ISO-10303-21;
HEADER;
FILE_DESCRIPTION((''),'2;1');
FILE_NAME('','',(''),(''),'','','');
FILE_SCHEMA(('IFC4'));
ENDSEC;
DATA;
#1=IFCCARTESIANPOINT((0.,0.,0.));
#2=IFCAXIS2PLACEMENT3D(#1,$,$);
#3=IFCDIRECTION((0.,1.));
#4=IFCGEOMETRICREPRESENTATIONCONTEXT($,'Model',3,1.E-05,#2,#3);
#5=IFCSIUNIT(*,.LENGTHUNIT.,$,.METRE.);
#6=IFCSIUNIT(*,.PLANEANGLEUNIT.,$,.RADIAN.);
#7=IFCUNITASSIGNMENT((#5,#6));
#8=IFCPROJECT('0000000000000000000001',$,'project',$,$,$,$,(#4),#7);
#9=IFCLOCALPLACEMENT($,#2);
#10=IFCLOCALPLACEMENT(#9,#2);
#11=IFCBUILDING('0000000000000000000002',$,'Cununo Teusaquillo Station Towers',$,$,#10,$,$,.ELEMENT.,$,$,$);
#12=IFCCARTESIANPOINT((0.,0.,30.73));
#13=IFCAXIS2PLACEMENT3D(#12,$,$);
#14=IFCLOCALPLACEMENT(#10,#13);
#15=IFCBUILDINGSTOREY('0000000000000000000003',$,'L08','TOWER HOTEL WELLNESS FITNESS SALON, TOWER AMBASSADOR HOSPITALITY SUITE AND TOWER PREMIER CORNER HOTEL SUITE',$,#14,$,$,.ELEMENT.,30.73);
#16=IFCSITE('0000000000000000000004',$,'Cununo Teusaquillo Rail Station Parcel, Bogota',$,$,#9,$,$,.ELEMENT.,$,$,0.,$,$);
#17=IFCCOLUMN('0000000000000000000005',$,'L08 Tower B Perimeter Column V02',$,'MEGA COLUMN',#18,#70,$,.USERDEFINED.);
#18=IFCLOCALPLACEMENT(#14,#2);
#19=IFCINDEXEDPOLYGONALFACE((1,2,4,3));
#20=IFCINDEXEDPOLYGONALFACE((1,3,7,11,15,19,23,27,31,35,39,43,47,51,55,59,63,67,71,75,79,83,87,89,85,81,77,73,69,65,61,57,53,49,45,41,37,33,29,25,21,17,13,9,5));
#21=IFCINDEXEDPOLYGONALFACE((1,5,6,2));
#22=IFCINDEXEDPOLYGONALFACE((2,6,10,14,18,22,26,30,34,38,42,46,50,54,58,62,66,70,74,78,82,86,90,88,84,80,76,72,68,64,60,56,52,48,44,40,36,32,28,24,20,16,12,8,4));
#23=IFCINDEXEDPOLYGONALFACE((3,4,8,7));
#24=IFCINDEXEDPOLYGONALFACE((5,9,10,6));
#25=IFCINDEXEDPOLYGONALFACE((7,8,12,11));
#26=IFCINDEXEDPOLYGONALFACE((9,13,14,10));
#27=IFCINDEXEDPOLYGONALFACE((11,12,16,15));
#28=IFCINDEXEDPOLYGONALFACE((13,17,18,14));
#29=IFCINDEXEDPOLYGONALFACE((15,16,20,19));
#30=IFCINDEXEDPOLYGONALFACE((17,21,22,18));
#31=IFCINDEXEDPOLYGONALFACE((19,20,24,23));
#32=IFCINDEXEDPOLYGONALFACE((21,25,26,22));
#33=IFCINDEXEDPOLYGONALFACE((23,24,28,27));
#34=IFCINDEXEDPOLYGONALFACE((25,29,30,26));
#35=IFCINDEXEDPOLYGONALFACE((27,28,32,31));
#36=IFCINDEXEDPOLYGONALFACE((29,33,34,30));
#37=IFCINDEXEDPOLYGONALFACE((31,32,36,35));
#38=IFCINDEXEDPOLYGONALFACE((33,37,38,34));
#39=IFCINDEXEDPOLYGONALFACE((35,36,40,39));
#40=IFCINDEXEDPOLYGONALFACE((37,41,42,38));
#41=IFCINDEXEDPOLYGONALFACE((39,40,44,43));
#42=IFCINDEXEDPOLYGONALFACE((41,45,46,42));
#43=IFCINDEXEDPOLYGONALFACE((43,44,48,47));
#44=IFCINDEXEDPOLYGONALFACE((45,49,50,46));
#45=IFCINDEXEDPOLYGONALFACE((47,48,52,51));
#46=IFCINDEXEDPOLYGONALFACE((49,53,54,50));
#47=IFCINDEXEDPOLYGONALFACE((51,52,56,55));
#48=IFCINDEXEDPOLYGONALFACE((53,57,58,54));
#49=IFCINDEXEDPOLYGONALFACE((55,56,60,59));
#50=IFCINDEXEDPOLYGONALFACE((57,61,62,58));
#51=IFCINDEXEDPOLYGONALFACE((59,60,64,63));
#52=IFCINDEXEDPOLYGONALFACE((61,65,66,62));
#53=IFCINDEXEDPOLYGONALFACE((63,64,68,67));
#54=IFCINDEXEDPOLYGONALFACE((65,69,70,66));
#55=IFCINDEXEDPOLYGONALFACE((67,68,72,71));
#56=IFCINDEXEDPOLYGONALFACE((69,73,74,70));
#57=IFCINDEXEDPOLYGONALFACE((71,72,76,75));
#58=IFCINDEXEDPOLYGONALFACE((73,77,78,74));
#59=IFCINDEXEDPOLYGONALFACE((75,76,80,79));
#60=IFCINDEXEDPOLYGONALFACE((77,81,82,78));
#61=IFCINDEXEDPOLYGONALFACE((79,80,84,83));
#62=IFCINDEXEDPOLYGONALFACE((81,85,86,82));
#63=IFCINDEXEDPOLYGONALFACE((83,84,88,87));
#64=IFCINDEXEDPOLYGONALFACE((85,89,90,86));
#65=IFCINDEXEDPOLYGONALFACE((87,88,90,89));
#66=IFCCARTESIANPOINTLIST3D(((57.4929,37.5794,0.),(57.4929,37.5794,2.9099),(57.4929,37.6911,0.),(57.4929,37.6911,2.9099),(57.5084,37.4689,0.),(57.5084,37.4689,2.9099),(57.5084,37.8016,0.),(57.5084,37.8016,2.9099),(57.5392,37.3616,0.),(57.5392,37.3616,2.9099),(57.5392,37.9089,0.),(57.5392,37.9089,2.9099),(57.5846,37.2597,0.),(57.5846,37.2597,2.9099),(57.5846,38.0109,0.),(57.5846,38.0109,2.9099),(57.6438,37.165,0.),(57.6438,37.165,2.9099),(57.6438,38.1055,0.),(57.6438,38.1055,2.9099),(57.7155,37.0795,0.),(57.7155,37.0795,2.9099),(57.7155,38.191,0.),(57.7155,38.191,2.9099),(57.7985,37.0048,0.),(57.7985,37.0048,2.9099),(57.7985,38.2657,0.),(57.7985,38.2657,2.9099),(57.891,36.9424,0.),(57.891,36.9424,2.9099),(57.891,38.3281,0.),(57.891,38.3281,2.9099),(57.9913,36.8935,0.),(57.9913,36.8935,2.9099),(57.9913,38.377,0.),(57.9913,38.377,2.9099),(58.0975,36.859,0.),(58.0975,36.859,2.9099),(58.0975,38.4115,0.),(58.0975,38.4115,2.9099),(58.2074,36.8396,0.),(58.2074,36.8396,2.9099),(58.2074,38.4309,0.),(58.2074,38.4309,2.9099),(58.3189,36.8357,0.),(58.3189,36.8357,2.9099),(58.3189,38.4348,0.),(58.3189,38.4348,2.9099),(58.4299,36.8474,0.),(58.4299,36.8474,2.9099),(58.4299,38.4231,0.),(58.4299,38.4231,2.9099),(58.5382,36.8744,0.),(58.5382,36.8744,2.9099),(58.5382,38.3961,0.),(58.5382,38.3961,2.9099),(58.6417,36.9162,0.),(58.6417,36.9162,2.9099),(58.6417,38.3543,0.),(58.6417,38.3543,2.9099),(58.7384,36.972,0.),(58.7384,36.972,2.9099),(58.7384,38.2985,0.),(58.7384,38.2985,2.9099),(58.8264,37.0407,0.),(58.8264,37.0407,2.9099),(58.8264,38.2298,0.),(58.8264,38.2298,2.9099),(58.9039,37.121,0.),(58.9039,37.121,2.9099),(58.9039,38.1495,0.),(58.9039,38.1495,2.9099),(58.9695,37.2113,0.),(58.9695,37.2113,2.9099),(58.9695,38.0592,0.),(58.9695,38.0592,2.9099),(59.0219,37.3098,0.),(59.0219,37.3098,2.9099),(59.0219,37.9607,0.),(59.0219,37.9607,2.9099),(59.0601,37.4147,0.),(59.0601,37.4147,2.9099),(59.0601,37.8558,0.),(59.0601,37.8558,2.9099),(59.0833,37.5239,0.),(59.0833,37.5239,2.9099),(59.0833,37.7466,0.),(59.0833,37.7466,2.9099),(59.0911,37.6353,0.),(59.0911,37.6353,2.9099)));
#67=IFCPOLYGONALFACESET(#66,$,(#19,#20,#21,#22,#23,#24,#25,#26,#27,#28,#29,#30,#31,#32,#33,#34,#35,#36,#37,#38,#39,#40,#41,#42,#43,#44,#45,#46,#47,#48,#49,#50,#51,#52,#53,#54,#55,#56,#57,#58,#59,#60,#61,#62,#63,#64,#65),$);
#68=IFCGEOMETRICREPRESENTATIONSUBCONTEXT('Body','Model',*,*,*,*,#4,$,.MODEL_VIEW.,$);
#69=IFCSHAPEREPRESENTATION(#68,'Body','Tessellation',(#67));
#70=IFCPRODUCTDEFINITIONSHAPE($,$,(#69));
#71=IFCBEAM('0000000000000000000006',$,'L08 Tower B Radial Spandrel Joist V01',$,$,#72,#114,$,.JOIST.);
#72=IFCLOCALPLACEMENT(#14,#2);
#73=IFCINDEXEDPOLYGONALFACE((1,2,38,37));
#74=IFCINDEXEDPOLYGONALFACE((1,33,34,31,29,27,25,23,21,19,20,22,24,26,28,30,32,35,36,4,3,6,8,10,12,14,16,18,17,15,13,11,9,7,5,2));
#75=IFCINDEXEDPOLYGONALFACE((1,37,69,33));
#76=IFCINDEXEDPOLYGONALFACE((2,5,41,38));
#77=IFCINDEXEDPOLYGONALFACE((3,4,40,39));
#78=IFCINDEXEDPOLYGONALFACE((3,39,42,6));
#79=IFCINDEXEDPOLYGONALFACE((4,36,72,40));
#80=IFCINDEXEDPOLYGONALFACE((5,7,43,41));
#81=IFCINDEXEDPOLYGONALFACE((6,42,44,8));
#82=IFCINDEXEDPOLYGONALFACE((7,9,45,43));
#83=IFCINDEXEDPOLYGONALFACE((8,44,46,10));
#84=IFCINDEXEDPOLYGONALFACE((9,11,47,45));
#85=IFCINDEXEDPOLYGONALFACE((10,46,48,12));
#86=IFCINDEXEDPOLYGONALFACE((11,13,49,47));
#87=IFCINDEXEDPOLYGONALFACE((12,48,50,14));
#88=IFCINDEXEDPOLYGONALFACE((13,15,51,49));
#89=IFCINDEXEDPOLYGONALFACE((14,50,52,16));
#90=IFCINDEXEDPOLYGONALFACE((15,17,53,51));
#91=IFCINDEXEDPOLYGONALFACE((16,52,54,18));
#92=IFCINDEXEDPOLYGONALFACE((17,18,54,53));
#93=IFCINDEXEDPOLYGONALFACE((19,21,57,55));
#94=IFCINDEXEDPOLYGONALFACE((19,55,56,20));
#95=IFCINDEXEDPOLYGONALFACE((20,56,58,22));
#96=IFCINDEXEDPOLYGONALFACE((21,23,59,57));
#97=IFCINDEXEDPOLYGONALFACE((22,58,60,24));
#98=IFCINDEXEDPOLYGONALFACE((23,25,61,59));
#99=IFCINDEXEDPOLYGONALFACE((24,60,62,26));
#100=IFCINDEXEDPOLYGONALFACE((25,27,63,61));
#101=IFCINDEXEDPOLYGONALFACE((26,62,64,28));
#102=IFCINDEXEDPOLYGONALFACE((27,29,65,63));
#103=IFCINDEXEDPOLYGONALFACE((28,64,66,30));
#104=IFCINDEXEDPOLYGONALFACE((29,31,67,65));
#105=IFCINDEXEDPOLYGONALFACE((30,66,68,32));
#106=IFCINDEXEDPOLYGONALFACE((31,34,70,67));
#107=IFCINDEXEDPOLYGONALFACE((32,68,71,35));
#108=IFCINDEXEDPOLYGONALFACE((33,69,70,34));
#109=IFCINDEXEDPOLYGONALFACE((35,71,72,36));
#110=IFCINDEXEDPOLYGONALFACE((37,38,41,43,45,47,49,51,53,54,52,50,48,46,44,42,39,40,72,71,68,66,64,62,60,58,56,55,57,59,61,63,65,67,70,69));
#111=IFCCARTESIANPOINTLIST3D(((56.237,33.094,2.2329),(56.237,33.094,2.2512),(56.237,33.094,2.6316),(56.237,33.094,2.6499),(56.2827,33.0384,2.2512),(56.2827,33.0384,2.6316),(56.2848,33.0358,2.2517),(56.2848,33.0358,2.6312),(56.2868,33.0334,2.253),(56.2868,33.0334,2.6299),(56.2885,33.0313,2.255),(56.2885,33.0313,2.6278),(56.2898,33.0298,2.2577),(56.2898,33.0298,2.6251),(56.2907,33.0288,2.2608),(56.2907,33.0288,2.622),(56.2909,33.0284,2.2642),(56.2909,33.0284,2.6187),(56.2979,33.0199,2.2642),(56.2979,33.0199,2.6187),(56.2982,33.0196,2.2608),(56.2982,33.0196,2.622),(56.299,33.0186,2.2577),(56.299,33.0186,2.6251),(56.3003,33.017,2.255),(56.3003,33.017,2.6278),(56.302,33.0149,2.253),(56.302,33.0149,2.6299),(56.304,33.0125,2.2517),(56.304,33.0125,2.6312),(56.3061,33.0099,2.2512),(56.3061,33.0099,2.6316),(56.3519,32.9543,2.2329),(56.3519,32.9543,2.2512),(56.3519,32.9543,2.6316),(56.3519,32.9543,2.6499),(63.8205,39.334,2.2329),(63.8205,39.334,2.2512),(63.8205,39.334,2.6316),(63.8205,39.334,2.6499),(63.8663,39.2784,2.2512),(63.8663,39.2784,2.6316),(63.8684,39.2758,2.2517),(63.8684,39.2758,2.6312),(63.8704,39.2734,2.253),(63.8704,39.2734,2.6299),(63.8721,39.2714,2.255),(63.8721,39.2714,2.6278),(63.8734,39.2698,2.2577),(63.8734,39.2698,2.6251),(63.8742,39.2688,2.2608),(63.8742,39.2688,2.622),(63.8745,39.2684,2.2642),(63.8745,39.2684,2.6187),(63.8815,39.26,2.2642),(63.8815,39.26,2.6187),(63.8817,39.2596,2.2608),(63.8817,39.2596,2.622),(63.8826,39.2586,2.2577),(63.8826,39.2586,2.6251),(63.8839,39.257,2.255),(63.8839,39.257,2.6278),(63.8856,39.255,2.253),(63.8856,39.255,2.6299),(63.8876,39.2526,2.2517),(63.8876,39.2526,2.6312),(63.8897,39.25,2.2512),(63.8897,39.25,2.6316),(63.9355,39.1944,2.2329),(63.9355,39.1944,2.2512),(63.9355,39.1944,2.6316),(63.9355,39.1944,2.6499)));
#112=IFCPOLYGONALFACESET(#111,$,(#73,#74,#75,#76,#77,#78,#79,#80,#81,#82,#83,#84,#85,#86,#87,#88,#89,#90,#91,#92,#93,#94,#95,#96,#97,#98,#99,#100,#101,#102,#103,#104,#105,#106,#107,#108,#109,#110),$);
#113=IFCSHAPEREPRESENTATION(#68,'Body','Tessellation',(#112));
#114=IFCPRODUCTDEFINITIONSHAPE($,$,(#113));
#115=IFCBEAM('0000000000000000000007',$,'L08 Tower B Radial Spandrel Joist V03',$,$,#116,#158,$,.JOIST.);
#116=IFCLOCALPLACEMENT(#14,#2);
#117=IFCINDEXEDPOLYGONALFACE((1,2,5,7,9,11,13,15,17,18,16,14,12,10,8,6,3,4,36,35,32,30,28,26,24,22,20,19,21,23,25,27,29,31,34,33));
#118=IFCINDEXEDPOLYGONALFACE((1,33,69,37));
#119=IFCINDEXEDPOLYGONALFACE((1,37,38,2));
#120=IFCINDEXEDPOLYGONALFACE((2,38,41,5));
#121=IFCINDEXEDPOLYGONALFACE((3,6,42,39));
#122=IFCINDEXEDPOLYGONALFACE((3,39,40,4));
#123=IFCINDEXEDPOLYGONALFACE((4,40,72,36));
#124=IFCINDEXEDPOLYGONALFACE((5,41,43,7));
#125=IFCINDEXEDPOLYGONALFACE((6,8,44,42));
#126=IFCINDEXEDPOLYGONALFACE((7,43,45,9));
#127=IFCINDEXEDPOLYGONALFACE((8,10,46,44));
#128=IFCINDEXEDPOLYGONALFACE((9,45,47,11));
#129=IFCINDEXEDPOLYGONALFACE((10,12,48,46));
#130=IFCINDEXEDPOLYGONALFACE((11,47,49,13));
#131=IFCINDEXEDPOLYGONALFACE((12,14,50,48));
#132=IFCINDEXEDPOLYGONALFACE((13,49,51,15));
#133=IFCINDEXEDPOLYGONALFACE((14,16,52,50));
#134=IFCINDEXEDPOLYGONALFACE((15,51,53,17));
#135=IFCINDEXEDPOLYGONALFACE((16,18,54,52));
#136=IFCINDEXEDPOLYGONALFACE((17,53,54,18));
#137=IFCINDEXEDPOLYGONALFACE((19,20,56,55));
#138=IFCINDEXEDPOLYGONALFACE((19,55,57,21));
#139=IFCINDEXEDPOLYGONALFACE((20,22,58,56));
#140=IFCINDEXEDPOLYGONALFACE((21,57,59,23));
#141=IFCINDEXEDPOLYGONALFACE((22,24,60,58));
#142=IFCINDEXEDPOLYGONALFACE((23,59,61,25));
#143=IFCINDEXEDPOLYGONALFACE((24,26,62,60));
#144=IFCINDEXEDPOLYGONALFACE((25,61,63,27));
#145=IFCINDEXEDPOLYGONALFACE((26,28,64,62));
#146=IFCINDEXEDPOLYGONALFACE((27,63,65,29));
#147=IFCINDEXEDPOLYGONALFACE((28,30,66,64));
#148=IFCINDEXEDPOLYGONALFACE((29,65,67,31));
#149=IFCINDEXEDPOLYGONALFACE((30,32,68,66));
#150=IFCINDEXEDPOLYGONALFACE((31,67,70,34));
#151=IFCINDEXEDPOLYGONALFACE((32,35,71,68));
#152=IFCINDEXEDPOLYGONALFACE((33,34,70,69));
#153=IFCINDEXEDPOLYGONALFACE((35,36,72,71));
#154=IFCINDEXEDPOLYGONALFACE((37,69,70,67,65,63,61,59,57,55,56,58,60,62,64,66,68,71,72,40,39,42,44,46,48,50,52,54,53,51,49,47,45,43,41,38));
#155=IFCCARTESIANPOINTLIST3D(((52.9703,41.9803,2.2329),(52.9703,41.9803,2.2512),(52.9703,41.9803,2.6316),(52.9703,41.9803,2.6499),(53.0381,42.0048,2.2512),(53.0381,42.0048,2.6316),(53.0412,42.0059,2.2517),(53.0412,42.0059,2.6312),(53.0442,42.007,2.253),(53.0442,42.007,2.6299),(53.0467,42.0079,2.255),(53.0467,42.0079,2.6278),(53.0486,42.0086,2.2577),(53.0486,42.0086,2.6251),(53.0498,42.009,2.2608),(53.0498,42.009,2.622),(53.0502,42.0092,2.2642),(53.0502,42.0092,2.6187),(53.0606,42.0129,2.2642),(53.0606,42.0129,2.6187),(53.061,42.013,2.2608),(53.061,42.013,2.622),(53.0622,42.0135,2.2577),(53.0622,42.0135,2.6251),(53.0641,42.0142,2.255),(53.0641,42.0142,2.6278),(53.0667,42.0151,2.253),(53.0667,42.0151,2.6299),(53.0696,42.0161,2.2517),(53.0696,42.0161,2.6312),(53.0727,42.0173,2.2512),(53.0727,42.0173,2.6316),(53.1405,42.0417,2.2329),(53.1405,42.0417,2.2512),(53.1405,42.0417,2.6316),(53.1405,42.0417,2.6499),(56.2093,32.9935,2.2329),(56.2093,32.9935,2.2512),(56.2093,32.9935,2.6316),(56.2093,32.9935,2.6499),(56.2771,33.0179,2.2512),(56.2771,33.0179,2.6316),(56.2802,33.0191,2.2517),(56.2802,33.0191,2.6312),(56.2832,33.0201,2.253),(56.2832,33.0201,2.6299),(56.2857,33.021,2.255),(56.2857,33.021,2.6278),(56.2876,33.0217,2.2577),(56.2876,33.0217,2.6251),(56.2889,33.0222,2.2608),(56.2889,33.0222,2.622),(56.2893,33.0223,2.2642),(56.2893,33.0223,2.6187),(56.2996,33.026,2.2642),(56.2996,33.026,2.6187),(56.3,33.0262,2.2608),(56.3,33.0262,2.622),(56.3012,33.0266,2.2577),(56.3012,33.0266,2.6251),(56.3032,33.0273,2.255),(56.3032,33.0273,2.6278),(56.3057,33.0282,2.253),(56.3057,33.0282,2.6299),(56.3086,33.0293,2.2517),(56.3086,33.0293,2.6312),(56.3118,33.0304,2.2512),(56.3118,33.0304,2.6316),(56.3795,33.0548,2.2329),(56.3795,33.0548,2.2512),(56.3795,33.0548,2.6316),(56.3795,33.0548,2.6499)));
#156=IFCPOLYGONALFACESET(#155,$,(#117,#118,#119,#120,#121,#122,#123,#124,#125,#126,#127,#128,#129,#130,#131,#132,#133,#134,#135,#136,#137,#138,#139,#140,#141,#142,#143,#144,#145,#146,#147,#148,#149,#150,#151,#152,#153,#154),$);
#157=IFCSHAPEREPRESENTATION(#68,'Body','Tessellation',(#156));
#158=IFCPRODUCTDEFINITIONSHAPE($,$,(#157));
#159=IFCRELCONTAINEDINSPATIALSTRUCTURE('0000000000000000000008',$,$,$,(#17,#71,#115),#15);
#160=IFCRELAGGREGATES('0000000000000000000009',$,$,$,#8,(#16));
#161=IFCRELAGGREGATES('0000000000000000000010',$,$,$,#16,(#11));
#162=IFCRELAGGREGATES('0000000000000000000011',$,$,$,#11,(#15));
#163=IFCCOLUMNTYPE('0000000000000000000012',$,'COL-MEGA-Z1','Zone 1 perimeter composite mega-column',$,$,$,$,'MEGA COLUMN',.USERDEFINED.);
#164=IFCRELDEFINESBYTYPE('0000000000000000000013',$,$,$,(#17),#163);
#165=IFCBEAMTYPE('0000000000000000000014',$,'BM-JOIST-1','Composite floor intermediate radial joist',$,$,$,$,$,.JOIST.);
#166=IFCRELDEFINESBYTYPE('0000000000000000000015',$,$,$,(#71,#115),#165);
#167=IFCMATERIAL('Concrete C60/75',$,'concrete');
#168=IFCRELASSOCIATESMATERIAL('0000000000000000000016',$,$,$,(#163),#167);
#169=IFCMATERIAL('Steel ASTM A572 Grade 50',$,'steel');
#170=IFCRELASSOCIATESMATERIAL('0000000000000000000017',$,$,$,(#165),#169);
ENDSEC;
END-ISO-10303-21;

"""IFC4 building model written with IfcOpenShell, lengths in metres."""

from ifc_helpers import new_model, si_unit, direction, frame, origin, origin_2d, place, context, subcontext, project, spatial, circle, i_section, extrude, material, material_profile, profile_set, type_object, element, save


model = new_model("IFC4")

# Units and contexts
model_context = context("Model", 3, precision=1e-05, world=origin(), true_north=direction((0.0, 1.0)))
body_context = subcontext(model_context, "Body", "Model", "MODEL_VIEW")
ifc_project = project(units=[si_unit("LENGTHUNIT", "METRE"), si_unit("PLANEANGLEUNIT", "RADIAN")], contexts=[model_context])

# Site, building, storey
site_placement = place(None, origin())
site = spatial("IfcSite", under=ifc_project, at=site_placement, Name="Cununo Teusaquillo Rail Station Parcel, Bogota", CompositionType="ELEMENT", RefElevation=0.0)
building_placement = place(site_placement, origin())
building = spatial("IfcBuilding", under=site, at=building_placement, Name="Cununo Teusaquillo Station Towers", CompositionType="ELEMENT")
storey_placement = place(building_placement, frame((0.0, 0.0, 30.73)))
storey = spatial("IfcBuildingStorey", under=building, at=storey_placement, Name="L08", Description="TOWER HOTEL WELLNESS FITNESS SALON, TOWER AMBASSADOR HOSPITALITY SUITE AND TOWER PREMIER CORNER HOTEL SUITE", CompositionType="ELEMENT", Elevation=30.73)

# Column
ifc_material_1 = material(Name="Concrete C60/75", Category="concrete")
ifc_material_profile_1 = material_profile(ifc_material_1, circle(Radius=0.8, at=origin_2d()), Name="RC-CIRC-1600")
ifc_profile_set_1 = profile_set([ifc_material_profile_1], Name="Concrete C60/75")
column_type = type_object("IfcColumnType", Name="COL-MEGA-Z1", Description="Zone 1 perimeter composite mega-column", ElementType="MEGA COLUMN", PredefinedType="USERDEFINED", material=ifc_profile_set_1)
column_placement = place(storey_placement, frame((58.291, 37.6353, 0.0), z_axis=(0.0, 0.0, 1.0), x_axis=(1.0, 0.0, 0.0)))
element("IfcColumn", 1, at=column_placement, inside=storey, type_object=column_type, Name="L08 Tower B Perimeter Column V02", ObjectType="MEGA COLUMN", PredefinedType="USERDEFINED", context=body_context, shape_type="SweptSolid", body=[
    extrude(circle(Radius=0.8, at=origin_2d()), origin(), (0.0, 0.0, 1.0), 2.9099),
])

# Beams
ifc_material_2 = material(Name="Steel ASTM A572 Grade 50", Category="steel")
ifc_material_profile_2 = material_profile(ifc_material_2, i_section(OverallWidth=0.1809, OverallDepth=0.417, WebThickness=0.011, FlangeThickness=0.0183, FilletRadius=0.0129, at=origin_2d()), Name="W16X57")
ifc_profile_set_2 = profile_set([ifc_material_profile_2], Name="Steel ASTM A572 Grade 50")
beam_type_1 = type_object("IfcBeamType", Name="BM-JOIST-1", Description="Composite floor intermediate radial joist", PredefinedType="JOIST", material=ifc_profile_set_2)
beam_1_placement = place(storey_placement, frame((56.2944, 33.0242, 2.4414), z_axis=(0.772192, 0.635389, 0.0), x_axis=(-0.635389, 0.772192, 0.0)))
element("IfcBeam", 2, at=beam_1_placement, inside=storey, type_object=beam_type_1, Name="L08 Tower B Radial Spandrel Joist V01", PredefinedType="JOIST", context=body_context, shape_type="SweptSolid", body=[
    extrude(i_section(OverallWidth=0.1809, OverallDepth=0.417, WebThickness=0.011, FlangeThickness=0.0183, FilletRadius=0.0129, at=origin_2d()), origin(), (0.0, 0.0, 1.0), 9.8208),
])
beam_2_placement = place(storey_placement, frame((56.2944, 33.0242, 2.4414), z_axis=(-0.339068, 0.940762, 0.0), x_axis=(-0.940762, -0.339068, 0.0)))
element("IfcBeam", 3, at=beam_2_placement, inside=storey, type_object=beam_type_1, Name="L08 Tower B Radial Spandrel Joist V03", PredefinedType="JOIST", context=body_context, shape_type="SweptSolid", body=[
    extrude(i_section(OverallWidth=0.1809, OverallDepth=0.417, WebThickness=0.011, FlangeThickness=0.0183, FilletRadius=0.0129, at=origin_2d()), origin(), (0.0, 0.0, 1.0), 9.5527),
])

save(model, "model.ifc")
